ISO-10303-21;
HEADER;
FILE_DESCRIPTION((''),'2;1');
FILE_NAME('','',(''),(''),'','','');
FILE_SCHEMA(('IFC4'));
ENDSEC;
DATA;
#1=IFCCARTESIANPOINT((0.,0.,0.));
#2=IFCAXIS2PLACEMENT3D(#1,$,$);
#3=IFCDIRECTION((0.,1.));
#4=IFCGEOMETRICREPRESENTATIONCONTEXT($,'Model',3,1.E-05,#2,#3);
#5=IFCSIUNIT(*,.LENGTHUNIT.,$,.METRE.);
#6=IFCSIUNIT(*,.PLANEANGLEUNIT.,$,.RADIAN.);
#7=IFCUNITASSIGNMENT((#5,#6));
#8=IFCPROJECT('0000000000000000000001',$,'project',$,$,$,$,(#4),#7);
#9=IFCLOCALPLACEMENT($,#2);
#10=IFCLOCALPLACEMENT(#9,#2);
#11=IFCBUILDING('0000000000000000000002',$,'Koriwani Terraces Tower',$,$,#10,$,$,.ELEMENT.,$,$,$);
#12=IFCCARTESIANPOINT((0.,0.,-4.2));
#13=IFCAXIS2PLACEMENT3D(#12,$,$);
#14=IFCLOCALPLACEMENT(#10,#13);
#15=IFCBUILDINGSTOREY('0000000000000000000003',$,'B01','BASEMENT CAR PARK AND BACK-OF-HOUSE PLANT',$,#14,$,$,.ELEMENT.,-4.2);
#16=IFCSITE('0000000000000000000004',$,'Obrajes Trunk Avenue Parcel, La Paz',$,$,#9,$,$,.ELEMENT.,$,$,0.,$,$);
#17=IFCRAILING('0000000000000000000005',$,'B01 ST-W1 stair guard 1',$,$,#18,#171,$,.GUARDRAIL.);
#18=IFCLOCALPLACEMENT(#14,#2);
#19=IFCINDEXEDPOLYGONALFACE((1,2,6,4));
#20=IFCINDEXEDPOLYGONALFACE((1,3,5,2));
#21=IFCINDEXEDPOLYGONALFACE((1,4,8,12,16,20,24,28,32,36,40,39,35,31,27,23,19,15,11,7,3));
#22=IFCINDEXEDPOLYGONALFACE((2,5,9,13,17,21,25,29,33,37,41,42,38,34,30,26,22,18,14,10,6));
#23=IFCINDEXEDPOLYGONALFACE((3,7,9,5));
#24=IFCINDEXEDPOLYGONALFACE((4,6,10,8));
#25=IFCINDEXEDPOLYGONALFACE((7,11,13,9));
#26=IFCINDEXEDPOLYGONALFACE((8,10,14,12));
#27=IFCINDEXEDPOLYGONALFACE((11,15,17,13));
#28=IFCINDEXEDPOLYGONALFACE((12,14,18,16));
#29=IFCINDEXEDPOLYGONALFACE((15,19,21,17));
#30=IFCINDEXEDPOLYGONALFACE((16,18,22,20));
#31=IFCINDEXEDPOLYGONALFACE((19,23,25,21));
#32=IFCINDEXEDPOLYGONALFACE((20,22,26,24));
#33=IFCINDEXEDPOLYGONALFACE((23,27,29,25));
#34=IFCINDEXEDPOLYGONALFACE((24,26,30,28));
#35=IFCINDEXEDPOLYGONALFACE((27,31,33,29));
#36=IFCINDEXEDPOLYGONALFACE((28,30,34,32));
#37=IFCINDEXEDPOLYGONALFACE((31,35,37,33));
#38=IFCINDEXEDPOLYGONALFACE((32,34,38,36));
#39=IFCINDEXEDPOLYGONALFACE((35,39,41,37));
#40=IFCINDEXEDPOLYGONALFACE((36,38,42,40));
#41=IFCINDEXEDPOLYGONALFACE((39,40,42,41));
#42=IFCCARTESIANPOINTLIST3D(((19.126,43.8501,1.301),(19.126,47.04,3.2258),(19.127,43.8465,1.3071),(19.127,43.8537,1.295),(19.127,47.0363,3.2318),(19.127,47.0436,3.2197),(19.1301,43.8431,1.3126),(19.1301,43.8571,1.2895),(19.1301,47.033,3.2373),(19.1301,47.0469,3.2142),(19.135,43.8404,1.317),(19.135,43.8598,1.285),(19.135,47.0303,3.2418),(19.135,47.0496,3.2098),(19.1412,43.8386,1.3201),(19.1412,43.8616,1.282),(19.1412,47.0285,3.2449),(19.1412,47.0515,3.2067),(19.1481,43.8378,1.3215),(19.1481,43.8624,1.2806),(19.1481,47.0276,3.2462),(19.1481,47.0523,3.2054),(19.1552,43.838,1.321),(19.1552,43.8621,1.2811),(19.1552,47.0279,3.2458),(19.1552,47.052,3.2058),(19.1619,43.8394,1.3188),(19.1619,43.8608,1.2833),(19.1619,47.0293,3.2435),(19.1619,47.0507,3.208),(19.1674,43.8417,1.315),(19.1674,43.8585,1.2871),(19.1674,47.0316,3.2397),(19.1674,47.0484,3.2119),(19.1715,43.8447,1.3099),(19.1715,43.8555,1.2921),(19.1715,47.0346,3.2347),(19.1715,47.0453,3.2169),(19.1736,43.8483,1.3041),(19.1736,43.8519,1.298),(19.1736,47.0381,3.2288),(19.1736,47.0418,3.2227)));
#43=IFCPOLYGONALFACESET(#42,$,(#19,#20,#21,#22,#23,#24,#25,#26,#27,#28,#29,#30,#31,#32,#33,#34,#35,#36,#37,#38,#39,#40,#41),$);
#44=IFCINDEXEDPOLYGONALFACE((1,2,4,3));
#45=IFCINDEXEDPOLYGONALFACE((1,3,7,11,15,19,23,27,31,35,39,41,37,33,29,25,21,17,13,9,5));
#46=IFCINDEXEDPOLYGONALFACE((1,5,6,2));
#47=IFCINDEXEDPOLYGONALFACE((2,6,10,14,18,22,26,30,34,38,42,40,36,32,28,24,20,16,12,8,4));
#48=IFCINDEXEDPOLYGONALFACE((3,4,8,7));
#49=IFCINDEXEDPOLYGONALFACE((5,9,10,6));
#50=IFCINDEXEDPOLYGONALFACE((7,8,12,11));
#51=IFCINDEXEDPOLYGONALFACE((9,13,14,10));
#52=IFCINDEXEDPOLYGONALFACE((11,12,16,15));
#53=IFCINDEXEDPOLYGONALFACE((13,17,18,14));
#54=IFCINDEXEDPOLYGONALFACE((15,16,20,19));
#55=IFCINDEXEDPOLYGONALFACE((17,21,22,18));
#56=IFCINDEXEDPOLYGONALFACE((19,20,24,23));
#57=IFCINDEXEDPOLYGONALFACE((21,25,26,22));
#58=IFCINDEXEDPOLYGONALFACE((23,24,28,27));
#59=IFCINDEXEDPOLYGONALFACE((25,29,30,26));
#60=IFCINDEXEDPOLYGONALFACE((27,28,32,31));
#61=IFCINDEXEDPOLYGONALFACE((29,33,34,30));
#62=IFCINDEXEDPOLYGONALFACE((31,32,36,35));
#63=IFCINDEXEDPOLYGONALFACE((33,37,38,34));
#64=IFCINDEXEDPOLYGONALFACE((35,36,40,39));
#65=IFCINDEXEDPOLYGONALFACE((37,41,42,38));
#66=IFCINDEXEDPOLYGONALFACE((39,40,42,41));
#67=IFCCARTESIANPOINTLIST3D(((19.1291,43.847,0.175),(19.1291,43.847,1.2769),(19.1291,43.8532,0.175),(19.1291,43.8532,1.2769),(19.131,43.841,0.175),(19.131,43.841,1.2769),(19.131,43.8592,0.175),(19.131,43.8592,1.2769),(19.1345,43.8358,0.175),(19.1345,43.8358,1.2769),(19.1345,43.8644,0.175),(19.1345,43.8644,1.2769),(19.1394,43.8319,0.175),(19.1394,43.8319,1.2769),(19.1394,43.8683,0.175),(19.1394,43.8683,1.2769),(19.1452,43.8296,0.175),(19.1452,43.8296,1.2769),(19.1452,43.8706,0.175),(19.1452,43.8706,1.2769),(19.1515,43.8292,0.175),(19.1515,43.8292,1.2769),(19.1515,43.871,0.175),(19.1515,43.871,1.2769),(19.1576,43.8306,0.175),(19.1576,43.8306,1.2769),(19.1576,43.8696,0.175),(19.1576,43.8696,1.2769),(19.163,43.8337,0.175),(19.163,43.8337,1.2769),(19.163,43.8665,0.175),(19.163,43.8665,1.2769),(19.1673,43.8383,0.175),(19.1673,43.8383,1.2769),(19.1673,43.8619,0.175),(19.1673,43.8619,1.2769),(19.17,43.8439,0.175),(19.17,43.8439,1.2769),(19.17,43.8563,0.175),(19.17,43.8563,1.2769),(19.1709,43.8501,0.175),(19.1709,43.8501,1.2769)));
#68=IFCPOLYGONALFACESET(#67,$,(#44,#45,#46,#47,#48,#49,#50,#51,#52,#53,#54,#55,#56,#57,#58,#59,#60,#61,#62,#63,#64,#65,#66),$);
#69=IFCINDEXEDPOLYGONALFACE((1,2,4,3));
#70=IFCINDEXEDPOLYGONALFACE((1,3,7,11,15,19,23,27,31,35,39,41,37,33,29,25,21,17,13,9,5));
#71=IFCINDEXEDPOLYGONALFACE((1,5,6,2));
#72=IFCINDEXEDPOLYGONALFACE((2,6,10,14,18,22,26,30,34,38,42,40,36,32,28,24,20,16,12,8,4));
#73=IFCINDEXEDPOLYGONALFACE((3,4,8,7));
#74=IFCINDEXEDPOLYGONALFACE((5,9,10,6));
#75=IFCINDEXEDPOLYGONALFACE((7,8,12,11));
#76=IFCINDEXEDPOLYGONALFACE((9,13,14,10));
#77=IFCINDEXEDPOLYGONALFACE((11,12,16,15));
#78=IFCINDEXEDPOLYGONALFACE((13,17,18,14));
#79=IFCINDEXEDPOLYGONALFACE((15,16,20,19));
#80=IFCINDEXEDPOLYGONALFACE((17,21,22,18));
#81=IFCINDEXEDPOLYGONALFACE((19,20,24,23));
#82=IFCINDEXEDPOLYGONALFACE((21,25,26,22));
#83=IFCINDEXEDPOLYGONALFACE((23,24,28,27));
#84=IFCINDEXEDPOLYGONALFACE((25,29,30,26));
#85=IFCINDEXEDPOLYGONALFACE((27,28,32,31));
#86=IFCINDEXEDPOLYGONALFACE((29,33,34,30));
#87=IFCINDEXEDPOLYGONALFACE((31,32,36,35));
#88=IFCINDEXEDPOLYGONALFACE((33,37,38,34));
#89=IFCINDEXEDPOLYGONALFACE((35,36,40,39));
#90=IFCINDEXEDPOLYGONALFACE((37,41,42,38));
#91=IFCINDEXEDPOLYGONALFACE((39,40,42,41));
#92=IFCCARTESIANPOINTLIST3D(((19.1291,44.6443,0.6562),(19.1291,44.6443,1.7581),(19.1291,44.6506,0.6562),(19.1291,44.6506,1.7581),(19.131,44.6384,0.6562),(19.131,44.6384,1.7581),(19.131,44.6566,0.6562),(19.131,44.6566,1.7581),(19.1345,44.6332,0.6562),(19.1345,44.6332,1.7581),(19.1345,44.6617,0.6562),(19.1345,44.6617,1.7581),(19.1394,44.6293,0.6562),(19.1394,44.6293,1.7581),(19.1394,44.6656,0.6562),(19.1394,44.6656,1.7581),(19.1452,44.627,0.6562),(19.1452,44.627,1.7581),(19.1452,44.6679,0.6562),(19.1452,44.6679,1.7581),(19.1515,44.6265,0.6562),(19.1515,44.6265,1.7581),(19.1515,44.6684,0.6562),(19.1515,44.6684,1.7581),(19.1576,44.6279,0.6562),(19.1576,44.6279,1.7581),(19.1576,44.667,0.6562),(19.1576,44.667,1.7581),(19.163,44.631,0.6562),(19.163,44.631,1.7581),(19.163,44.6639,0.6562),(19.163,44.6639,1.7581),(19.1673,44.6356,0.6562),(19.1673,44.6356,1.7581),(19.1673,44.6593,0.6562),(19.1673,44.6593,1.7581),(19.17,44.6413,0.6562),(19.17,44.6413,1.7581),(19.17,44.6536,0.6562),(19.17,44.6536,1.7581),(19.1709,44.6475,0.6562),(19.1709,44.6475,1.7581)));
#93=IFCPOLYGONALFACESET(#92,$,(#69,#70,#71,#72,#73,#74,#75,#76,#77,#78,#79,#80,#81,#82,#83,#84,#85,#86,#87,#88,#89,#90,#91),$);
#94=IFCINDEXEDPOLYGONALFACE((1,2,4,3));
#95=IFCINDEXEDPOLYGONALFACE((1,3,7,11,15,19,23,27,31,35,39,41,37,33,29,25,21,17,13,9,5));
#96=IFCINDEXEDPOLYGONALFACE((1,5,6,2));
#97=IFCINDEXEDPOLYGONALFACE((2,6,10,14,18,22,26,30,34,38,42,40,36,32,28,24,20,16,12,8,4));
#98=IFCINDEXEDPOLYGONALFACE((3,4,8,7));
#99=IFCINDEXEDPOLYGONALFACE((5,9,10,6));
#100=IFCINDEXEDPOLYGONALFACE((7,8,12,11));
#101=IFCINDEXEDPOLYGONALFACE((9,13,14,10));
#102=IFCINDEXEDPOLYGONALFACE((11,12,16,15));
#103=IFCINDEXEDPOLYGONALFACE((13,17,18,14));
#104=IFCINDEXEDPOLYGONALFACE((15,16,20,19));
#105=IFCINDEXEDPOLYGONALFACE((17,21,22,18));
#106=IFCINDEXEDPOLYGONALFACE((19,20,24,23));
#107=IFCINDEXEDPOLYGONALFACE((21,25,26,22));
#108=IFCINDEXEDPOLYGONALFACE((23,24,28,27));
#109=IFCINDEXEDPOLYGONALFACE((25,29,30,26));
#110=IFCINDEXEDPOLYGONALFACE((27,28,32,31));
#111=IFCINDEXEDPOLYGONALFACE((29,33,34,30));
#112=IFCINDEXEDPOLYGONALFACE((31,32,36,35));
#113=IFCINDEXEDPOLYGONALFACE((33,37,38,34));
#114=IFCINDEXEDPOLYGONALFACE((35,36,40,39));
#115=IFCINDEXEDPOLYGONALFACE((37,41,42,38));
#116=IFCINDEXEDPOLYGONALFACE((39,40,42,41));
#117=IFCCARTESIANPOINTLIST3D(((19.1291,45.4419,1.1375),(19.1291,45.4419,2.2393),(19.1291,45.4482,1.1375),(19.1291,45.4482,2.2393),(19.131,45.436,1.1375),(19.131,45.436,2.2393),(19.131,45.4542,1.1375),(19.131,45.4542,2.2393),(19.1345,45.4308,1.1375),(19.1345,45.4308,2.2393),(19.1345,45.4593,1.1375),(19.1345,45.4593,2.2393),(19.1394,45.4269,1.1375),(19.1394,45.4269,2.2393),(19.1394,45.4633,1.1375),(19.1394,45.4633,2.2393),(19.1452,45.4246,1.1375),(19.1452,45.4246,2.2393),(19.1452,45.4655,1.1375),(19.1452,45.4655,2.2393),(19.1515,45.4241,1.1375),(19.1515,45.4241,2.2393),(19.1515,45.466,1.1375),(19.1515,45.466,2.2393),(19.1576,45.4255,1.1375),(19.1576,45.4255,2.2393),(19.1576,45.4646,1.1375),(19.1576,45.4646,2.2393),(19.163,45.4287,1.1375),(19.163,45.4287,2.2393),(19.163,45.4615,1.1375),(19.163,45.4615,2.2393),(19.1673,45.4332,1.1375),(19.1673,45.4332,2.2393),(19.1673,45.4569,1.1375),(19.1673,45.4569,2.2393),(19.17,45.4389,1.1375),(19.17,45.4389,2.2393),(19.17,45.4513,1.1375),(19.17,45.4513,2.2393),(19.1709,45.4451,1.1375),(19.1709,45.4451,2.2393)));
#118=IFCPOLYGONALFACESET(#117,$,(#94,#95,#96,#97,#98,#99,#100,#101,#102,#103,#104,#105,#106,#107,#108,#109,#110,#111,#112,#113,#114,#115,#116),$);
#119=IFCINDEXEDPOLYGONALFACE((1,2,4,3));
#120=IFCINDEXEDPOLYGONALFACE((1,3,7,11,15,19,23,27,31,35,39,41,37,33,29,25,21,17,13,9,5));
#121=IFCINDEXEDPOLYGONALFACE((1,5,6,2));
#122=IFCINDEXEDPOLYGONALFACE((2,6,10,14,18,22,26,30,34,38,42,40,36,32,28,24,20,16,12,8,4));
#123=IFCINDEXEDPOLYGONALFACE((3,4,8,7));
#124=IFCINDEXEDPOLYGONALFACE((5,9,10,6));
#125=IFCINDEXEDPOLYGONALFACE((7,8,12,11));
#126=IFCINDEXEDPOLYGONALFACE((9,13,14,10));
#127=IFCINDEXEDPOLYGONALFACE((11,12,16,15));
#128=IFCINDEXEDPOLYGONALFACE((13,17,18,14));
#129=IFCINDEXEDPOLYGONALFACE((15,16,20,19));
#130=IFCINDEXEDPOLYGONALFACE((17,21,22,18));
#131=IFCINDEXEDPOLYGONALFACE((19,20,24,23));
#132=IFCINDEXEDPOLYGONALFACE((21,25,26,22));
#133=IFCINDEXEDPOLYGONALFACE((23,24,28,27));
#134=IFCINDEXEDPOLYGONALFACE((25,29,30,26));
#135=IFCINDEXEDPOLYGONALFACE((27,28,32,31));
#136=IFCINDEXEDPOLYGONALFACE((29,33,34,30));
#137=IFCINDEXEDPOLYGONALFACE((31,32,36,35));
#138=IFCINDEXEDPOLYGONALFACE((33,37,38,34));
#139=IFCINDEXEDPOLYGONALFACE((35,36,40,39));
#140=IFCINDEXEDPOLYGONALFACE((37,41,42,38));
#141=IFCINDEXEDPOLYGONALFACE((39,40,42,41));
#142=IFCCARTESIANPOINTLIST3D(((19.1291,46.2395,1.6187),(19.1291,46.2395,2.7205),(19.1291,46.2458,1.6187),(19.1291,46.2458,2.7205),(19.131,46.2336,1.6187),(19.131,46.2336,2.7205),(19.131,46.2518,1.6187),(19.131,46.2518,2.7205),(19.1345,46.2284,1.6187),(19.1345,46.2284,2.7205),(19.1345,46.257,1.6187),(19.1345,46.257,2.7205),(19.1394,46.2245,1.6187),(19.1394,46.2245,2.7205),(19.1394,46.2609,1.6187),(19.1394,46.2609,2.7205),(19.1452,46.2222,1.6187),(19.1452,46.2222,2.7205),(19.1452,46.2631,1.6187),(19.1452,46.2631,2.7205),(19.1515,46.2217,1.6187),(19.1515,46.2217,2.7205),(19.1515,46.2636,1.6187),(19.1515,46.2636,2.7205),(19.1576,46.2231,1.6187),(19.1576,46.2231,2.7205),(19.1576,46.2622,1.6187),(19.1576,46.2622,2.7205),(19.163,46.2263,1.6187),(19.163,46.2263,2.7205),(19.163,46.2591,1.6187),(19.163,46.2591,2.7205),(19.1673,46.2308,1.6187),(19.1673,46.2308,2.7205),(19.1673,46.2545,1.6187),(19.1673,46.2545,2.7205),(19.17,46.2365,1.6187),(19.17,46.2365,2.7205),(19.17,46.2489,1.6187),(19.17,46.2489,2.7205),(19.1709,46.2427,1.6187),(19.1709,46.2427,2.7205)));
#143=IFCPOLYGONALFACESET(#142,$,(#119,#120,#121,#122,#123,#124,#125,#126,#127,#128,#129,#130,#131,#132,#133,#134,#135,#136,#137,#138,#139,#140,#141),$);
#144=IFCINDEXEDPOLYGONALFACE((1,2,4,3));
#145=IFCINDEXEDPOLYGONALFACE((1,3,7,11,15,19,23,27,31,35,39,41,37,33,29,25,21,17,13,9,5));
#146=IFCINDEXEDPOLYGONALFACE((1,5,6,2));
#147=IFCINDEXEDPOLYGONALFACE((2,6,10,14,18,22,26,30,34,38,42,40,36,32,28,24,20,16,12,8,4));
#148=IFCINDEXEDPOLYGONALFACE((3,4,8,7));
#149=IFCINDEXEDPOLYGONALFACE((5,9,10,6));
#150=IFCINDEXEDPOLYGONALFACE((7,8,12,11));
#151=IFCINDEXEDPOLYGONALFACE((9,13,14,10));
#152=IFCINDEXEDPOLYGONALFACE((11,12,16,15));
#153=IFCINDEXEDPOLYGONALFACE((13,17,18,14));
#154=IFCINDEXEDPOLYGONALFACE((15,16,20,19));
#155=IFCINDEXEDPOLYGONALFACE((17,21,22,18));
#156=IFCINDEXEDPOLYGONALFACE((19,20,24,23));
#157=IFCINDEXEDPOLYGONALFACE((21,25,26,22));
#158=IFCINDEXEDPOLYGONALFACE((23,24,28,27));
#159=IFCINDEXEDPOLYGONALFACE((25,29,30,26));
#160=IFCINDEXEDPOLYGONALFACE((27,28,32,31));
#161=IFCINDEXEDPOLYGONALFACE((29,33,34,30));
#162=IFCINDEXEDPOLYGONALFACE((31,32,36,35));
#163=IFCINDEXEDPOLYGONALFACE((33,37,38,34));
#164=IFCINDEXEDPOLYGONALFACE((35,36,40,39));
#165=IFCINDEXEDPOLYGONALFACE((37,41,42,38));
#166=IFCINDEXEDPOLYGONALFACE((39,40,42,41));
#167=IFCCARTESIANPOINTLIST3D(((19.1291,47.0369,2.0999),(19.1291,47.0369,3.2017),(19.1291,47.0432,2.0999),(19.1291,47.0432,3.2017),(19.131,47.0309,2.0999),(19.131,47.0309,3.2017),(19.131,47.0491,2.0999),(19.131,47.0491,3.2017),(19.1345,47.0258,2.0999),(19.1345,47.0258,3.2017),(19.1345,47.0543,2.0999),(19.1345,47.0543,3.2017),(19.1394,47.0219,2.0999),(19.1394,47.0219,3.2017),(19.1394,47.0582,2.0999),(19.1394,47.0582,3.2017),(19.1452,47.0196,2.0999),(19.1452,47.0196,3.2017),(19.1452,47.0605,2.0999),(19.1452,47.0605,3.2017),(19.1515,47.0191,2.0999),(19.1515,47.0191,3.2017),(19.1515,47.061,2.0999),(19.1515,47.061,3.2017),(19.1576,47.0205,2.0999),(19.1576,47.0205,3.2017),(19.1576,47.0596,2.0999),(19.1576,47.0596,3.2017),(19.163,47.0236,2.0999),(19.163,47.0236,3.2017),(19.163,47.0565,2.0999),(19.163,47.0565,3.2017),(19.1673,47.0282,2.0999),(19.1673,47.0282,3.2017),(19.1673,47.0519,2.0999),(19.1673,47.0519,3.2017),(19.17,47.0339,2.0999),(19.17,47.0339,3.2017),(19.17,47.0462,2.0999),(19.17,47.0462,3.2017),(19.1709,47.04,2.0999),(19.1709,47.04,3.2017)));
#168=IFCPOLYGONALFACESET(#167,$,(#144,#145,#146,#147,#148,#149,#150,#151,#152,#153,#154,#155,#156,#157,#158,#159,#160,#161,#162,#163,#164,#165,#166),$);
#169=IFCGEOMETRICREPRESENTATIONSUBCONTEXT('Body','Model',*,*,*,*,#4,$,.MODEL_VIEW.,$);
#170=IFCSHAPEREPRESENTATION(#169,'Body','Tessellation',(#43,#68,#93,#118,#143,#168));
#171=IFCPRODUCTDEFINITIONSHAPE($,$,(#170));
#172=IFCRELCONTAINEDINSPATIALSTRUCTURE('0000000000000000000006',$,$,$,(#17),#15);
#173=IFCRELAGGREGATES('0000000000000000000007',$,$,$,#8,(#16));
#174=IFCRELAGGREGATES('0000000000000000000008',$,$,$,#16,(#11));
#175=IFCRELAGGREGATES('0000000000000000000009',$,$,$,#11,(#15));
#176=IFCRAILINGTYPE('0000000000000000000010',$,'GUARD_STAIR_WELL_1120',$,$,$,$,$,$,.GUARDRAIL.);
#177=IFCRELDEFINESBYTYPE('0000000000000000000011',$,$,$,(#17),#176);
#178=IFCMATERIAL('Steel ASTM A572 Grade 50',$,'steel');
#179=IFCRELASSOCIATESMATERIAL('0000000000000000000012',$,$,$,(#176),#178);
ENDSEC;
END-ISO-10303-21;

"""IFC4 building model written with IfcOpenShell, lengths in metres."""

from ifc_helpers import new_model, si_unit, direction, frame, origin, origin_2d, place, context, subcontext, project, spatial, circle, extrude, material, type_object, element, save


model = new_model("IFC4")

# Units and contexts
model_context = context("Model", 3, precision=1e-05, world=origin(), true_north=direction((0.0, 1.0)))
body_context = subcontext(model_context, "Body", "Model", "MODEL_VIEW")
ifc_project = project(units=[si_unit("LENGTHUNIT", "METRE"), si_unit("PLANEANGLEUNIT", "RADIAN")], contexts=[model_context])

# Site, building, storey
site_placement = place(None, origin())
site = spatial("IfcSite", under=ifc_project, at=site_placement, Name="Obrajes Trunk Avenue Parcel, La Paz", CompositionType="ELEMENT", RefElevation=0.0)
building_placement = place(site_placement, origin())
building = spatial("IfcBuilding", under=site, at=building_placement, Name="Koriwani Terraces Tower", CompositionType="ELEMENT")
storey_placement = place(building_placement, frame((0.0, 0.0, -4.2)))
storey = spatial("IfcBuildingStorey", under=building, at=storey_placement, Name="B01", Description="BASEMENT CAR PARK AND BACK-OF-HOUSE PLANT", CompositionType="ELEMENT", Elevation=-4.2)

# Shared definitions
ifc_material_1 = material(Name="Steel ASTM A572 Grade 50", Category="steel")

# Railing
railing_type_1 = type_object("IfcRailingType", Name="GUARD_STAIR_WELL_1120", PredefinedType="GUARDRAIL", material=ifc_material_1)
railing_1_placement = place(storey_placement, frame((19.1499, 43.8501, 0.175)))
element("IfcRailing", 1, at=railing_1_placement, inside=storey, type_object=railing_type_1, Name="B01 ST-W1 stair guard 1", PredefinedType="GUARDRAIL", context=body_context, shape_type="SweptSolid", body=[
    extrude(circle(Radius=0.0239, at=origin_2d()), frame((0.0, 0.0, 1.126), z_axis=(0.0, 0.856207, 0.516633), x_axis=(-1.0, 0.0, 0.0)), (0.0, 0.0, 1.0), 3.7256),
    extrude(circle(Radius=0.021, at=origin_2d()), origin(), (0.0, 0.0, 1.0), 1.1018),
    extrude(circle(Radius=0.021, at=origin_2d()), frame((0.0, 0.7974, 0.4812)), (0.0, 0.0, 1.0), 1.1018),
    extrude(circle(Radius=0.021, at=origin_2d()), frame((0.0, 1.595, 0.9624)), (0.0, 0.0, 1.0), 1.1018),
    extrude(circle(Radius=0.021, at=origin_2d()), frame((0.0, 2.3926, 1.4436)), (0.0, 0.0, 1.0), 1.1018),
    extrude(circle(Radius=0.021, at=origin_2d()), frame((0.0, 3.1899, 1.9248)), (0.0, 0.0, 1.0), 1.1018),
])

save(model, "model.ifc")
